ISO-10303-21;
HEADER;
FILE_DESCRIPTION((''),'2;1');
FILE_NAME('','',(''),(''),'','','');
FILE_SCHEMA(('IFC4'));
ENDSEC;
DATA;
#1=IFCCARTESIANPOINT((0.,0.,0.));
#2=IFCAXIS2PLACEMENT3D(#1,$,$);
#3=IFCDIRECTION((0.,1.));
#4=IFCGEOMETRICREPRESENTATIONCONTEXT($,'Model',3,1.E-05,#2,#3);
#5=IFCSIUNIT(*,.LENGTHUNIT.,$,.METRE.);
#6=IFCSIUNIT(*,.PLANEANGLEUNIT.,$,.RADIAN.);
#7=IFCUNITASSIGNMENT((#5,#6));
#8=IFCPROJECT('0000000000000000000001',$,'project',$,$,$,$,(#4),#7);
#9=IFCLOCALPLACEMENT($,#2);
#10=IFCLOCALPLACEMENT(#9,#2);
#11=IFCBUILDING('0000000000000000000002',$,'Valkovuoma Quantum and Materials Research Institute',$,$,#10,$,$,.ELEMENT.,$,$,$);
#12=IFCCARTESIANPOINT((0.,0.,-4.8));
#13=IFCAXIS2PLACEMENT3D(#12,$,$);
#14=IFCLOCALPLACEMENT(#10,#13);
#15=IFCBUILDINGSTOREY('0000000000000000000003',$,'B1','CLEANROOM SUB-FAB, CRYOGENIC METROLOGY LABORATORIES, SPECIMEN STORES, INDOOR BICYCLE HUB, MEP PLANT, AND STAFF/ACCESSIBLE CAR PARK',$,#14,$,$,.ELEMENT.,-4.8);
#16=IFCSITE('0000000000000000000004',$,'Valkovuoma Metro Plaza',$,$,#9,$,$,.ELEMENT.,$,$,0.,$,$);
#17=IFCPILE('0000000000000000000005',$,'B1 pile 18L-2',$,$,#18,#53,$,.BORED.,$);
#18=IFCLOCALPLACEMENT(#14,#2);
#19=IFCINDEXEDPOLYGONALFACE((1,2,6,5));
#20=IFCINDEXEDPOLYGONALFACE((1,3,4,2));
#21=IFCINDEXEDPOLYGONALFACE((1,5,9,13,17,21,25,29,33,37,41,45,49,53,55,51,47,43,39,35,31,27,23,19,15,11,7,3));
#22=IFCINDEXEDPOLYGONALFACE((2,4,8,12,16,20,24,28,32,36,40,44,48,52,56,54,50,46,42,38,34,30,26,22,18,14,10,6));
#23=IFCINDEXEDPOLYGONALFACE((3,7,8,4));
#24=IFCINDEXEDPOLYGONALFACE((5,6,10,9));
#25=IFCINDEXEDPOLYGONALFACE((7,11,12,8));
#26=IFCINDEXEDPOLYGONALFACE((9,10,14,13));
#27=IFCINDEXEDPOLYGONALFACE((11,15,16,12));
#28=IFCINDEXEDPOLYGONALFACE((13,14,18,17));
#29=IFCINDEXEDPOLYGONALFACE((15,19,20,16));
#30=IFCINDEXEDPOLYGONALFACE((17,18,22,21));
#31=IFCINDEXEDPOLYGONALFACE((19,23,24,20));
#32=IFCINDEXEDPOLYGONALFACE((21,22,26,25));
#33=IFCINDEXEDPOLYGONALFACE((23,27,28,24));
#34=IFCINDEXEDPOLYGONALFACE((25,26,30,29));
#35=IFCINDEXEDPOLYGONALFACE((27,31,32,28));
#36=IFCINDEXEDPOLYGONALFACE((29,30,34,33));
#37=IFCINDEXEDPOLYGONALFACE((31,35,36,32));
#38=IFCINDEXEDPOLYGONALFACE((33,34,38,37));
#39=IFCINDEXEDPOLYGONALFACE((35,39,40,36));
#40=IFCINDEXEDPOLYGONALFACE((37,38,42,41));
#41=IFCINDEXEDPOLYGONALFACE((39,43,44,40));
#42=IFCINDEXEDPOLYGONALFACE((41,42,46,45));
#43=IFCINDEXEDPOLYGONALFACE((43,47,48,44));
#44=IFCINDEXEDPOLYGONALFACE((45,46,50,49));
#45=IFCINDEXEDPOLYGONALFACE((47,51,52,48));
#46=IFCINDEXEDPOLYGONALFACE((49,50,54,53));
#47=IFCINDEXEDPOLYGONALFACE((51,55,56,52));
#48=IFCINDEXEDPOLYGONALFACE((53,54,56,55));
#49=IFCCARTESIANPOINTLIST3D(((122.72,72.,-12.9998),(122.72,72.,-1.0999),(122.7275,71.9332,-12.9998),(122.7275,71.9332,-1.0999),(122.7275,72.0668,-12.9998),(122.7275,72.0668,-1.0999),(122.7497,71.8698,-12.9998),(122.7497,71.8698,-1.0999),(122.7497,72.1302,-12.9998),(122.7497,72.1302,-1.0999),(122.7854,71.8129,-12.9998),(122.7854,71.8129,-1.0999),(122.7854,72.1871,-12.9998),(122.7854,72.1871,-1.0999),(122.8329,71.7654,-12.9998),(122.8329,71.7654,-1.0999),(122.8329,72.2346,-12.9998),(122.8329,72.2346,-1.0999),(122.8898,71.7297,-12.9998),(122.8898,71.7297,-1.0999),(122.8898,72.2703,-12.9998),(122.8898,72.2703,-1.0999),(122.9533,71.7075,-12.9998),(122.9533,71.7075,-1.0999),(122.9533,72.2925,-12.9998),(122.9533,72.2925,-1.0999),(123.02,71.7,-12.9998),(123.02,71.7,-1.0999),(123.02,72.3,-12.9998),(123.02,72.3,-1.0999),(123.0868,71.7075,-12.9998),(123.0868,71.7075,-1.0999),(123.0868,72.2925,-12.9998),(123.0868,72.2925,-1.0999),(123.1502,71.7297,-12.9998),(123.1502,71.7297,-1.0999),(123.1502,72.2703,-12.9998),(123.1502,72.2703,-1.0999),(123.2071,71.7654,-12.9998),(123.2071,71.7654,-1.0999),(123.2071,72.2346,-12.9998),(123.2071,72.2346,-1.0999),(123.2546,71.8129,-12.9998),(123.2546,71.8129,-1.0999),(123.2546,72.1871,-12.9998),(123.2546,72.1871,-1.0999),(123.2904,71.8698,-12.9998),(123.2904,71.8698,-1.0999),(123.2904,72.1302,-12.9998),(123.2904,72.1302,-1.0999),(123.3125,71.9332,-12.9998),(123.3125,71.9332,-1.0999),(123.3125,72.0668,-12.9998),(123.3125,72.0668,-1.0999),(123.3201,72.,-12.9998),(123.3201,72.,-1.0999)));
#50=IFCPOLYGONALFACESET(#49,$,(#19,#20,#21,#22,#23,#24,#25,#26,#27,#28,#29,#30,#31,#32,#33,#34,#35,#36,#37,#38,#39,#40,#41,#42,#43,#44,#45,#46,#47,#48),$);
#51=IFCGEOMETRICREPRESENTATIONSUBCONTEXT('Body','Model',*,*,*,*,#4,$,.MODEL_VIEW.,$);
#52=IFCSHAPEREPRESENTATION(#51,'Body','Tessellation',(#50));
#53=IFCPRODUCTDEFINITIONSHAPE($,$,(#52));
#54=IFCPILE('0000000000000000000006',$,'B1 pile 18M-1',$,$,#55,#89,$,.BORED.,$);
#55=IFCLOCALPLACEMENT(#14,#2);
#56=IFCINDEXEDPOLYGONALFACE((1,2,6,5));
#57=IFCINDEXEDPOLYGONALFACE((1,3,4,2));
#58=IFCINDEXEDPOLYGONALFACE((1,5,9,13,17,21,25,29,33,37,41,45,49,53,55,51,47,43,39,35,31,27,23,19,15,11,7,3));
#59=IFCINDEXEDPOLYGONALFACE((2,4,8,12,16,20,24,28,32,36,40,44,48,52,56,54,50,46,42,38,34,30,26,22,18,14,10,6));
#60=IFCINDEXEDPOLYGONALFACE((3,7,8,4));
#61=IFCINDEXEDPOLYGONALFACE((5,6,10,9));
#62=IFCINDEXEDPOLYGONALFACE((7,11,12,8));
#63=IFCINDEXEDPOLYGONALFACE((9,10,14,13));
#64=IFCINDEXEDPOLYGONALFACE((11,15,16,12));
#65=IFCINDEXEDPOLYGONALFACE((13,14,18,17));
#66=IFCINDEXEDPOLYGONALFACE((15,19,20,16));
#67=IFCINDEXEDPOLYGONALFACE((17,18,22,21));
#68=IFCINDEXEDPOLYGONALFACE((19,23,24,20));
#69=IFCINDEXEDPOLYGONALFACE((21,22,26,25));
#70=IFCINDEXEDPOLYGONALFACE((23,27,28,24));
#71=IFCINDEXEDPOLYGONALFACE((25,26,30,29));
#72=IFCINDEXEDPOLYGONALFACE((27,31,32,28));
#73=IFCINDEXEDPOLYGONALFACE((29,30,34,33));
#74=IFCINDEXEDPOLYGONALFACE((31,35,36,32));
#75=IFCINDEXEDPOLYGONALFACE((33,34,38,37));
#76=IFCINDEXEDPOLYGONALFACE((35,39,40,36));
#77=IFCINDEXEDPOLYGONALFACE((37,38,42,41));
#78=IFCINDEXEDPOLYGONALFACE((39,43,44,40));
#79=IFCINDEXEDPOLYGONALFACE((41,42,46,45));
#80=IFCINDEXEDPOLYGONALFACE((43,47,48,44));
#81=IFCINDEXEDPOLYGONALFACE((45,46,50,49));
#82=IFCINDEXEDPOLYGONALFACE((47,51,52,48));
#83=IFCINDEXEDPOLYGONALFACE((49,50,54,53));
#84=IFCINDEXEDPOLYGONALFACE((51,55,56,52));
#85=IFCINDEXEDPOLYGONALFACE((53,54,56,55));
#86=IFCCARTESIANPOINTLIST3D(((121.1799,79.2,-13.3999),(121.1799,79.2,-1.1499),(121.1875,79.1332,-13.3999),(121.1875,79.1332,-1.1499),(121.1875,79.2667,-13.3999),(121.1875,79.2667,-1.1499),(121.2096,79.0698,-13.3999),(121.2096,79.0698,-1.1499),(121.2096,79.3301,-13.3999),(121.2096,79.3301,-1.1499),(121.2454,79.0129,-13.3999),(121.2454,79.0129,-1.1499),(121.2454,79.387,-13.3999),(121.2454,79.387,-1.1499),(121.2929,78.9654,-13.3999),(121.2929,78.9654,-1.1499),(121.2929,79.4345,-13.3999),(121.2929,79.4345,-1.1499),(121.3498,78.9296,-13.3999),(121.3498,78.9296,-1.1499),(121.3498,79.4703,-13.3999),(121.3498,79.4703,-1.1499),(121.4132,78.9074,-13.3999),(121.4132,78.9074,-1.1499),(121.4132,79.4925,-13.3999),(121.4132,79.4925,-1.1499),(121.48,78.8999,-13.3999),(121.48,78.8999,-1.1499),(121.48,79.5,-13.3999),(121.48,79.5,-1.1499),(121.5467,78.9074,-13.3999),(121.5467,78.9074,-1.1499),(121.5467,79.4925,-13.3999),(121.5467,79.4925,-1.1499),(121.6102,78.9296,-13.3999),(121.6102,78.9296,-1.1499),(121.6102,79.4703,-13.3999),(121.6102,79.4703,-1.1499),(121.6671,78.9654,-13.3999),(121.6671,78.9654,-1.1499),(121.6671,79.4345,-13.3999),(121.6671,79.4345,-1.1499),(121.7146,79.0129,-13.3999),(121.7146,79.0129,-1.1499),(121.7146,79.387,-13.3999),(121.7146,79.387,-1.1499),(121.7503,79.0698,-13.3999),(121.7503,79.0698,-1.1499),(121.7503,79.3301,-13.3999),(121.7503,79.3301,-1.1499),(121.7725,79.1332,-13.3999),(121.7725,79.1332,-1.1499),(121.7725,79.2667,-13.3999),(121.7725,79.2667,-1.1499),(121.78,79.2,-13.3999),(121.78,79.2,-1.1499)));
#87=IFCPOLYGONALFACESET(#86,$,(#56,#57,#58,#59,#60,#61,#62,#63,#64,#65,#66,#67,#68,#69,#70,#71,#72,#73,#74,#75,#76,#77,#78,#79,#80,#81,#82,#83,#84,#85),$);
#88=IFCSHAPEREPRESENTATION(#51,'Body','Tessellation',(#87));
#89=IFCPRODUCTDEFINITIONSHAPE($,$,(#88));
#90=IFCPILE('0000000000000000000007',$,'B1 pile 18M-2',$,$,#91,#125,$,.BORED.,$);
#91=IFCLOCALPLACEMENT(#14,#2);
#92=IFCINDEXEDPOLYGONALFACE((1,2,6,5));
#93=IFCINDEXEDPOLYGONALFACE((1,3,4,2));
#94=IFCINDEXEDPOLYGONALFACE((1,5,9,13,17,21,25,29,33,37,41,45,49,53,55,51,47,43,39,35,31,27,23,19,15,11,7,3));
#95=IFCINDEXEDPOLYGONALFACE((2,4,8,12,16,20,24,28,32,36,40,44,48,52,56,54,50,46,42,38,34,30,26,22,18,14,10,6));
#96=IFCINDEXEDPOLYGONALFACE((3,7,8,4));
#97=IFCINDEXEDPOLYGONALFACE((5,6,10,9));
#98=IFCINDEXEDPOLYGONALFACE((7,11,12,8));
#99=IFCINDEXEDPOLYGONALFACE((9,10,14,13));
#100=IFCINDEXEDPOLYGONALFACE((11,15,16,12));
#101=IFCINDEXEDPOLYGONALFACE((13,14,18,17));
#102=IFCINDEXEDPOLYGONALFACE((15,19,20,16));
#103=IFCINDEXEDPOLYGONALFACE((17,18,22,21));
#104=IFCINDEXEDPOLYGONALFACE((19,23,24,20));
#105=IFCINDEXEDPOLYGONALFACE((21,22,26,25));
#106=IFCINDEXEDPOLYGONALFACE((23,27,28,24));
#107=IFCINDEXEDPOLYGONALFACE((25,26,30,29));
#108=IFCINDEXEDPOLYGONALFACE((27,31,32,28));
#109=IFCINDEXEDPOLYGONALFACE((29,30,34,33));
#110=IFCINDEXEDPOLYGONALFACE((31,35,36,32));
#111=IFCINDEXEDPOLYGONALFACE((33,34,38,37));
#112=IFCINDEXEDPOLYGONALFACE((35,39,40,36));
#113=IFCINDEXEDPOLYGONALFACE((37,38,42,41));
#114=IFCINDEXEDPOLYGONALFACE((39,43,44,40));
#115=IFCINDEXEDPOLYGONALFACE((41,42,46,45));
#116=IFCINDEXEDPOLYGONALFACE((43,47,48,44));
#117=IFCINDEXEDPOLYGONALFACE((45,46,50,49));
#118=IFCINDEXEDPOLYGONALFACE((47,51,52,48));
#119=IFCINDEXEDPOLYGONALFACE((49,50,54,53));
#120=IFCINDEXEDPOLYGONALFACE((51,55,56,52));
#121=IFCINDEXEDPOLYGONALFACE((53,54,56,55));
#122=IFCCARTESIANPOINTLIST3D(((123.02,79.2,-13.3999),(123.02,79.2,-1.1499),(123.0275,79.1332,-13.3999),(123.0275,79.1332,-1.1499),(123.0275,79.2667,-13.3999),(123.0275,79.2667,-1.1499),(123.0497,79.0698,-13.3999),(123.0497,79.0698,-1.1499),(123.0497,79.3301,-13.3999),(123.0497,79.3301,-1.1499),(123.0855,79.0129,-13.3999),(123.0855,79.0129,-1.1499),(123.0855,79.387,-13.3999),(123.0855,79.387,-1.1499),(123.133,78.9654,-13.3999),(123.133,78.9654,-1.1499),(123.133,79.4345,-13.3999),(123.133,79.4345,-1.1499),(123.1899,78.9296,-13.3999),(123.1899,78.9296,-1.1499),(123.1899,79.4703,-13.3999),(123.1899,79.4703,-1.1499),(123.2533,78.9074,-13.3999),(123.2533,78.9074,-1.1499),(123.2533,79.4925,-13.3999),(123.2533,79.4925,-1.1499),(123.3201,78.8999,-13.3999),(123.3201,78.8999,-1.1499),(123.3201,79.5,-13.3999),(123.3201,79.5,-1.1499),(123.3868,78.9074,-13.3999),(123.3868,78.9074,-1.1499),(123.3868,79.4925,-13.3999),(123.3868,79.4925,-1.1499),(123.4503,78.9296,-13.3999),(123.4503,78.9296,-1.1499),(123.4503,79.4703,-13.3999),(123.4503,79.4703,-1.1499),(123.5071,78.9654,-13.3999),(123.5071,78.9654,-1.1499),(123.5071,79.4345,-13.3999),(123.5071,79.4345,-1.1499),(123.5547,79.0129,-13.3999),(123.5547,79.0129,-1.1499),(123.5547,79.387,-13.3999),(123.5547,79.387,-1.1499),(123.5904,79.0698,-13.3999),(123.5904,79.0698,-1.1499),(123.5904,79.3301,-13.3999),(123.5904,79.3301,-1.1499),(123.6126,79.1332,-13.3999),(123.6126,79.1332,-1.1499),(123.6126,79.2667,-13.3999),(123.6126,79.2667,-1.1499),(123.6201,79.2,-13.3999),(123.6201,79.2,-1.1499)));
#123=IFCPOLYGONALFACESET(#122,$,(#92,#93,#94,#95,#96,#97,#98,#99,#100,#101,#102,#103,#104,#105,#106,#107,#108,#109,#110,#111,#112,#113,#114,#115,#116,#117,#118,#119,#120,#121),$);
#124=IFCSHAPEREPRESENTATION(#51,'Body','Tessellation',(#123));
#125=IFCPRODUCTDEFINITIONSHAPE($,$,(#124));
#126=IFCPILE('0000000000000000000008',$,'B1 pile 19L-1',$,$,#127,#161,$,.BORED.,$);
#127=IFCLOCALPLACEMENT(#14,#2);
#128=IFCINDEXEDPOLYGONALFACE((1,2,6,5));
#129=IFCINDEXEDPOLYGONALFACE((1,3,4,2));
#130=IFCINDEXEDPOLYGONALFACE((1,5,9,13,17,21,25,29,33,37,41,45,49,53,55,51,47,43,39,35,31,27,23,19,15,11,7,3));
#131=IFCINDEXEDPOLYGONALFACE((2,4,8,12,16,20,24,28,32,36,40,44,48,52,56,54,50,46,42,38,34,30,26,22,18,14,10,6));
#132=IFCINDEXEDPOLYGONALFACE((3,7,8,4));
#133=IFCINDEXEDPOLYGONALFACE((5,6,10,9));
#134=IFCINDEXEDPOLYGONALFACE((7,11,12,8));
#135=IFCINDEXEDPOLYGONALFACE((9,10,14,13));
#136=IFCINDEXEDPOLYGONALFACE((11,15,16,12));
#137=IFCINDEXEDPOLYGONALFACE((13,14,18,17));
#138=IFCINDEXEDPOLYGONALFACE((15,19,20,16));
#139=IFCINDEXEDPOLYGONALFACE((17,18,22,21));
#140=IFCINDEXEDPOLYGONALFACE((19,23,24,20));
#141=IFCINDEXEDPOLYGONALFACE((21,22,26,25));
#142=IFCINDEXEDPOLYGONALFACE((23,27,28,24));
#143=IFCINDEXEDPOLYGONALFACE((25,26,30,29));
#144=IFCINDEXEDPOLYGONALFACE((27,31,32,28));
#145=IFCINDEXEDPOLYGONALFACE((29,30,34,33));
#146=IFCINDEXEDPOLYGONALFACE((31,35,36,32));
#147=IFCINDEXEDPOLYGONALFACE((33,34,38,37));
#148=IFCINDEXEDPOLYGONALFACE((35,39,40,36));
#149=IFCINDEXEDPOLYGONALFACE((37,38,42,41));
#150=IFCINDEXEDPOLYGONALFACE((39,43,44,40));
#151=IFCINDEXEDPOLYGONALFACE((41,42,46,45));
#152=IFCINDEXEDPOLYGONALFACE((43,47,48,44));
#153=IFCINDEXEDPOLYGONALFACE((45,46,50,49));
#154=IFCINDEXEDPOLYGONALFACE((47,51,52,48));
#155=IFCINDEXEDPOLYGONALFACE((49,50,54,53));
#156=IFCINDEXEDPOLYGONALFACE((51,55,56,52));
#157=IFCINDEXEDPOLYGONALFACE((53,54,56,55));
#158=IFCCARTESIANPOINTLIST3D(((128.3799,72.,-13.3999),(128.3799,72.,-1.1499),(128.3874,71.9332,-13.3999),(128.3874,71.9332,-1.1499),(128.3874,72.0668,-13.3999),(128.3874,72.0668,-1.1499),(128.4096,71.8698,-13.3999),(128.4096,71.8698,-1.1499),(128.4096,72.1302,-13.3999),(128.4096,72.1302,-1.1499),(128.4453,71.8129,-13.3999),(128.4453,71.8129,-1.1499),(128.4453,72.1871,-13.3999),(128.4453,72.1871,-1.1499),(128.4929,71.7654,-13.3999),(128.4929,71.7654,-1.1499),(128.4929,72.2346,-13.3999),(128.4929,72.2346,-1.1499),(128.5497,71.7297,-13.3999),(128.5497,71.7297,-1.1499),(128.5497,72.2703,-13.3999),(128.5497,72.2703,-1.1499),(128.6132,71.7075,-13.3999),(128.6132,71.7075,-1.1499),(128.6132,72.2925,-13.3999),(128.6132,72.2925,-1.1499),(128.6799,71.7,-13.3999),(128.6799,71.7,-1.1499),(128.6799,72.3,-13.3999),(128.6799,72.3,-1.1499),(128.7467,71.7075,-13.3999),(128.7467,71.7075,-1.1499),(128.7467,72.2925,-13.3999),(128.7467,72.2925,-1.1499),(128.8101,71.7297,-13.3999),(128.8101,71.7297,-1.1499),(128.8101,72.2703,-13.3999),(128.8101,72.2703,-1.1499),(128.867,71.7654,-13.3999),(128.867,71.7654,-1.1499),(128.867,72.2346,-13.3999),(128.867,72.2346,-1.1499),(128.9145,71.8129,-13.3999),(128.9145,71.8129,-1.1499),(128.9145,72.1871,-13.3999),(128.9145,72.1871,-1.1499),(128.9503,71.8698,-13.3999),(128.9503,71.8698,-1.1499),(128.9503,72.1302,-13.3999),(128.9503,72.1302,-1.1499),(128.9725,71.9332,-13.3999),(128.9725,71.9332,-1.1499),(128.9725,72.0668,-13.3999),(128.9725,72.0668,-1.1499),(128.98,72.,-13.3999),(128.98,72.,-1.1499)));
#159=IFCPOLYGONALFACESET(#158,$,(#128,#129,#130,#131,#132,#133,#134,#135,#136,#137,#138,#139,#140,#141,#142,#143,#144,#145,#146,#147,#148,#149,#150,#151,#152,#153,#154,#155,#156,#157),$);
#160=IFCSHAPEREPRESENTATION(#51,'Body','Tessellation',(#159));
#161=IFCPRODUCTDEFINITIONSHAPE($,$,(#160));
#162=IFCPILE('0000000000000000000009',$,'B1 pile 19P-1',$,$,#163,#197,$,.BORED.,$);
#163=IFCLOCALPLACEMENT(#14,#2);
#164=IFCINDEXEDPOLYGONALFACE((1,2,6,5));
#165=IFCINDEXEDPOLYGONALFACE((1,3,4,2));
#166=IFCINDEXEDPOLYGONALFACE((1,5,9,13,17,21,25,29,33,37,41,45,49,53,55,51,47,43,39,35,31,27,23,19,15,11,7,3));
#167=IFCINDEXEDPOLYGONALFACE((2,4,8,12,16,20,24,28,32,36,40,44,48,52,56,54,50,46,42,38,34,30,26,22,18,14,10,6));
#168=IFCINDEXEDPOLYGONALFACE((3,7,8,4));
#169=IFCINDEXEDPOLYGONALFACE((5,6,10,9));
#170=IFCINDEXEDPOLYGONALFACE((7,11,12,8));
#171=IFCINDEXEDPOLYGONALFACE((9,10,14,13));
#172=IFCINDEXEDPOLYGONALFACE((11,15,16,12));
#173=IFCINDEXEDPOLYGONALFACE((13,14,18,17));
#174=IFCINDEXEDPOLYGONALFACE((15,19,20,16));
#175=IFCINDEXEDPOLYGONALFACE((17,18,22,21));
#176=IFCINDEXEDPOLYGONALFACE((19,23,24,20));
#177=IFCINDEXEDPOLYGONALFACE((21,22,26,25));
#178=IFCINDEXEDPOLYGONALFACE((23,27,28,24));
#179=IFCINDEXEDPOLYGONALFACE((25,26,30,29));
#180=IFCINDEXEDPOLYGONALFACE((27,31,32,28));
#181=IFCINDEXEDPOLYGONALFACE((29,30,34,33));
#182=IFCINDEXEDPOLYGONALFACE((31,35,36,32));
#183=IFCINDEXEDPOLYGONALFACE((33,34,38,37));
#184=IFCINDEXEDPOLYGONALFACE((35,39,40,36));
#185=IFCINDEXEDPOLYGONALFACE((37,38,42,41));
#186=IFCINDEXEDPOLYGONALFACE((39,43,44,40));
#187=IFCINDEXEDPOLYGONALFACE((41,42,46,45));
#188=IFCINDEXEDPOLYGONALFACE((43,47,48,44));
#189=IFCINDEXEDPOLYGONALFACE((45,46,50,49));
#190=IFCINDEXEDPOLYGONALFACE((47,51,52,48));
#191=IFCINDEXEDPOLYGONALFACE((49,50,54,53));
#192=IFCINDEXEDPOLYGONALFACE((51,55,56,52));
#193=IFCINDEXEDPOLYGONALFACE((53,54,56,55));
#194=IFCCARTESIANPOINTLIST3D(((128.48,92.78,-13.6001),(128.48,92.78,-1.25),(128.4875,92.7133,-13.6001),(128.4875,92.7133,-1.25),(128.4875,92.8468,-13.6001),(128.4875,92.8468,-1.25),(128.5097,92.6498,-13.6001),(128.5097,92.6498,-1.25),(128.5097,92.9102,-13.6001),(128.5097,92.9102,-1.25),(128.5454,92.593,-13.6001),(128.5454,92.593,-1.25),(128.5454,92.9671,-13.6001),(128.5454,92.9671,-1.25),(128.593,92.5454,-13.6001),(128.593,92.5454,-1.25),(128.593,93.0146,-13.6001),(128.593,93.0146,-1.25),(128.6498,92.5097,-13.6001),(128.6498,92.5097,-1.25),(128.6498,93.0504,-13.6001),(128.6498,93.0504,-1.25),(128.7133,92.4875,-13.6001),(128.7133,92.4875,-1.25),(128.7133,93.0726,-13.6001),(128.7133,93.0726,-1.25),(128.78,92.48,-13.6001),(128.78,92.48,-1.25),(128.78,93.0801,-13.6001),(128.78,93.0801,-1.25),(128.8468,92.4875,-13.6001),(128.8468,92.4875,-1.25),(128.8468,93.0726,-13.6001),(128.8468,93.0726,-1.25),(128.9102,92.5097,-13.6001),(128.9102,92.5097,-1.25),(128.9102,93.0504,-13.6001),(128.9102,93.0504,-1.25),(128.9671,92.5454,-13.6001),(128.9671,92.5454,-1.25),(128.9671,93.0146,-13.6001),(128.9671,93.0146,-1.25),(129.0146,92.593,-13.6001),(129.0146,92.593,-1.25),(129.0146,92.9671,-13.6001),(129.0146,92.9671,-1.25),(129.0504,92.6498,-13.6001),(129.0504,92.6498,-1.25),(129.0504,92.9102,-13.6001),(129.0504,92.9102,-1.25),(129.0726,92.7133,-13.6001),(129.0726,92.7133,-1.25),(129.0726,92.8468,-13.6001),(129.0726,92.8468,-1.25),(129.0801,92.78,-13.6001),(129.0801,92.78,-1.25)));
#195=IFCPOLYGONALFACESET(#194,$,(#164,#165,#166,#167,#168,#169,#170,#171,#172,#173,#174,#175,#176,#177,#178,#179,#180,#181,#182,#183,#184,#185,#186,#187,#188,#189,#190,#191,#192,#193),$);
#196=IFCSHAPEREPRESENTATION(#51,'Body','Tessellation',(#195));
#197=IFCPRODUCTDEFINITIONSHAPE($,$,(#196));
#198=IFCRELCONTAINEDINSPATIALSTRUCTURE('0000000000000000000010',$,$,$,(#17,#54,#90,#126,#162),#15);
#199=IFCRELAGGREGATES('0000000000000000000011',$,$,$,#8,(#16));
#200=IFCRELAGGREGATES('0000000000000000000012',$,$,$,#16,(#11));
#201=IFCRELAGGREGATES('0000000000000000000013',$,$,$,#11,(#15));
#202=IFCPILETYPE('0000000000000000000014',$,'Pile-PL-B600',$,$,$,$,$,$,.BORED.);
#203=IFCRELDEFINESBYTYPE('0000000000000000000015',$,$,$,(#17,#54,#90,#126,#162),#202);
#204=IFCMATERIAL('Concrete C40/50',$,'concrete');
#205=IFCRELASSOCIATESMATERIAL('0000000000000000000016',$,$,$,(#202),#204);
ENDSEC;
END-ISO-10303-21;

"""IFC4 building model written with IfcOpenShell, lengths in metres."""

from ifc_helpers import new_model, si_unit, direction, frame, origin, origin_2d, place, context, subcontext, project, spatial, circle, extrude, material, material_profile, profile_set, type_object, element, save


model = new_model("IFC4")

# Units and contexts
model_context = context("Model", 3, precision=1e-05, world=origin(), true_north=direction((0.0, 1.0)))
body_context = subcontext(model_context, "Body", "Model", "MODEL_VIEW")
ifc_project = project(units=[si_unit("LENGTHUNIT", "METRE"), si_unit("PLANEANGLEUNIT", "RADIAN")], contexts=[model_context])

# Site, building, storey
site_placement = place(None, origin())
site = spatial("IfcSite", under=ifc_project, at=site_placement, Name="Valkovuoma Metro Plaza", CompositionType="ELEMENT", RefElevation=0.0)
building_placement = place(site_placement, origin())
building = spatial("IfcBuilding", under=site, at=building_placement, Name="Valkovuoma Quantum and Materials Research Institute", CompositionType="ELEMENT")
storey_placement = place(building_placement, frame((0.0, 0.0, -4.8)))
storey = spatial("IfcBuildingStorey", under=building, at=storey_placement, Name="B1", Description="CLEANROOM SUB-FAB, CRYOGENIC METROLOGY LABORATORIES, SPECIMEN STORES, INDOOR BICYCLE HUB, MEP PLANT, AND STAFF/ACCESSIBLE CAR PARK", CompositionType="ELEMENT", Elevation=-4.8)

# Piles
ifc_material_1 = material(Name="Concrete C40/50", Category="concrete")
ifc_material_profile_1 = material_profile(ifc_material_1, circle(Radius=0.3, at=origin_2d()), Name="Concrete C40/50")
ifc_profile_set_1 = profile_set([ifc_material_profile_1], Name="Concrete C40/50")
pile_type_1 = type_object("IfcPileType", Name="Pile-PL-B600", PredefinedType="BORED", material=ifc_profile_set_1)
pile_1_placement = place(storey_placement, frame((123.02, 72.0, -1.0999), z_axis=(0.0, 0.0, -1.0), x_axis=(1.0, 0.0, 0.0)))
element("IfcPile", 1, at=pile_1_placement, inside=storey, type_object=pile_type_1, Name="B1 pile 18L-2", PredefinedType="BORED", context=body_context, shape_type="SweptSolid", body=[
    extrude(circle(Radius=0.3, at=origin_2d()), origin(), (0.0, 0.0, 1.0), 11.8999),
])
for number, where, z_axis, x_axis, name in (
    (2, (121.48, 79.2, -1.1499), (0.0, 0.0, -1.0), (1.0, 0.0, 0.0), "B1 pile 18M-1"),
    (3, (123.3201, 79.2, -1.1499), (0.0, 0.0, -1.0), (1.0, 0.0, 0.0), "B1 pile 18M-2"),
    (4, (128.6799, 72.0, -1.1499), (0.0, 0.0, -1.0), (1.0, 0.0, 0.0), "B1 pile 19L-1"),
):
    element("IfcPile", number, at=place(storey_placement, frame(where, z_axis=z_axis, x_axis=x_axis)), inside=storey, type_object=pile_type_1, Name=name, PredefinedType="BORED", context=body_context, shape_type="SweptSolid", body=[
        extrude(circle(Radius=0.3, at=origin_2d()), origin(), (0.0, 0.0, 1.0), 12.25),
    ])
for number, where, z_axis, x_axis, name in (
    (5, (128.78, 92.78, -1.25), (0.0, 0.0, -1.0), (1.0, 0.0, 0.0), "B1 pile 19P-1"),
):
    element("IfcPile", number, at=place(storey_placement, frame(where, z_axis=z_axis, x_axis=x_axis)), inside=storey, type_object=pile_type_1, Name=name, PredefinedType="BORED", context=body_context, shape_type="SweptSolid", body=[
        extrude(circle(Radius=0.3, at=origin_2d()), origin(), (0.0, 0.0, 1.0), 12.3501),
    ])

save(model, "model.ifc")
